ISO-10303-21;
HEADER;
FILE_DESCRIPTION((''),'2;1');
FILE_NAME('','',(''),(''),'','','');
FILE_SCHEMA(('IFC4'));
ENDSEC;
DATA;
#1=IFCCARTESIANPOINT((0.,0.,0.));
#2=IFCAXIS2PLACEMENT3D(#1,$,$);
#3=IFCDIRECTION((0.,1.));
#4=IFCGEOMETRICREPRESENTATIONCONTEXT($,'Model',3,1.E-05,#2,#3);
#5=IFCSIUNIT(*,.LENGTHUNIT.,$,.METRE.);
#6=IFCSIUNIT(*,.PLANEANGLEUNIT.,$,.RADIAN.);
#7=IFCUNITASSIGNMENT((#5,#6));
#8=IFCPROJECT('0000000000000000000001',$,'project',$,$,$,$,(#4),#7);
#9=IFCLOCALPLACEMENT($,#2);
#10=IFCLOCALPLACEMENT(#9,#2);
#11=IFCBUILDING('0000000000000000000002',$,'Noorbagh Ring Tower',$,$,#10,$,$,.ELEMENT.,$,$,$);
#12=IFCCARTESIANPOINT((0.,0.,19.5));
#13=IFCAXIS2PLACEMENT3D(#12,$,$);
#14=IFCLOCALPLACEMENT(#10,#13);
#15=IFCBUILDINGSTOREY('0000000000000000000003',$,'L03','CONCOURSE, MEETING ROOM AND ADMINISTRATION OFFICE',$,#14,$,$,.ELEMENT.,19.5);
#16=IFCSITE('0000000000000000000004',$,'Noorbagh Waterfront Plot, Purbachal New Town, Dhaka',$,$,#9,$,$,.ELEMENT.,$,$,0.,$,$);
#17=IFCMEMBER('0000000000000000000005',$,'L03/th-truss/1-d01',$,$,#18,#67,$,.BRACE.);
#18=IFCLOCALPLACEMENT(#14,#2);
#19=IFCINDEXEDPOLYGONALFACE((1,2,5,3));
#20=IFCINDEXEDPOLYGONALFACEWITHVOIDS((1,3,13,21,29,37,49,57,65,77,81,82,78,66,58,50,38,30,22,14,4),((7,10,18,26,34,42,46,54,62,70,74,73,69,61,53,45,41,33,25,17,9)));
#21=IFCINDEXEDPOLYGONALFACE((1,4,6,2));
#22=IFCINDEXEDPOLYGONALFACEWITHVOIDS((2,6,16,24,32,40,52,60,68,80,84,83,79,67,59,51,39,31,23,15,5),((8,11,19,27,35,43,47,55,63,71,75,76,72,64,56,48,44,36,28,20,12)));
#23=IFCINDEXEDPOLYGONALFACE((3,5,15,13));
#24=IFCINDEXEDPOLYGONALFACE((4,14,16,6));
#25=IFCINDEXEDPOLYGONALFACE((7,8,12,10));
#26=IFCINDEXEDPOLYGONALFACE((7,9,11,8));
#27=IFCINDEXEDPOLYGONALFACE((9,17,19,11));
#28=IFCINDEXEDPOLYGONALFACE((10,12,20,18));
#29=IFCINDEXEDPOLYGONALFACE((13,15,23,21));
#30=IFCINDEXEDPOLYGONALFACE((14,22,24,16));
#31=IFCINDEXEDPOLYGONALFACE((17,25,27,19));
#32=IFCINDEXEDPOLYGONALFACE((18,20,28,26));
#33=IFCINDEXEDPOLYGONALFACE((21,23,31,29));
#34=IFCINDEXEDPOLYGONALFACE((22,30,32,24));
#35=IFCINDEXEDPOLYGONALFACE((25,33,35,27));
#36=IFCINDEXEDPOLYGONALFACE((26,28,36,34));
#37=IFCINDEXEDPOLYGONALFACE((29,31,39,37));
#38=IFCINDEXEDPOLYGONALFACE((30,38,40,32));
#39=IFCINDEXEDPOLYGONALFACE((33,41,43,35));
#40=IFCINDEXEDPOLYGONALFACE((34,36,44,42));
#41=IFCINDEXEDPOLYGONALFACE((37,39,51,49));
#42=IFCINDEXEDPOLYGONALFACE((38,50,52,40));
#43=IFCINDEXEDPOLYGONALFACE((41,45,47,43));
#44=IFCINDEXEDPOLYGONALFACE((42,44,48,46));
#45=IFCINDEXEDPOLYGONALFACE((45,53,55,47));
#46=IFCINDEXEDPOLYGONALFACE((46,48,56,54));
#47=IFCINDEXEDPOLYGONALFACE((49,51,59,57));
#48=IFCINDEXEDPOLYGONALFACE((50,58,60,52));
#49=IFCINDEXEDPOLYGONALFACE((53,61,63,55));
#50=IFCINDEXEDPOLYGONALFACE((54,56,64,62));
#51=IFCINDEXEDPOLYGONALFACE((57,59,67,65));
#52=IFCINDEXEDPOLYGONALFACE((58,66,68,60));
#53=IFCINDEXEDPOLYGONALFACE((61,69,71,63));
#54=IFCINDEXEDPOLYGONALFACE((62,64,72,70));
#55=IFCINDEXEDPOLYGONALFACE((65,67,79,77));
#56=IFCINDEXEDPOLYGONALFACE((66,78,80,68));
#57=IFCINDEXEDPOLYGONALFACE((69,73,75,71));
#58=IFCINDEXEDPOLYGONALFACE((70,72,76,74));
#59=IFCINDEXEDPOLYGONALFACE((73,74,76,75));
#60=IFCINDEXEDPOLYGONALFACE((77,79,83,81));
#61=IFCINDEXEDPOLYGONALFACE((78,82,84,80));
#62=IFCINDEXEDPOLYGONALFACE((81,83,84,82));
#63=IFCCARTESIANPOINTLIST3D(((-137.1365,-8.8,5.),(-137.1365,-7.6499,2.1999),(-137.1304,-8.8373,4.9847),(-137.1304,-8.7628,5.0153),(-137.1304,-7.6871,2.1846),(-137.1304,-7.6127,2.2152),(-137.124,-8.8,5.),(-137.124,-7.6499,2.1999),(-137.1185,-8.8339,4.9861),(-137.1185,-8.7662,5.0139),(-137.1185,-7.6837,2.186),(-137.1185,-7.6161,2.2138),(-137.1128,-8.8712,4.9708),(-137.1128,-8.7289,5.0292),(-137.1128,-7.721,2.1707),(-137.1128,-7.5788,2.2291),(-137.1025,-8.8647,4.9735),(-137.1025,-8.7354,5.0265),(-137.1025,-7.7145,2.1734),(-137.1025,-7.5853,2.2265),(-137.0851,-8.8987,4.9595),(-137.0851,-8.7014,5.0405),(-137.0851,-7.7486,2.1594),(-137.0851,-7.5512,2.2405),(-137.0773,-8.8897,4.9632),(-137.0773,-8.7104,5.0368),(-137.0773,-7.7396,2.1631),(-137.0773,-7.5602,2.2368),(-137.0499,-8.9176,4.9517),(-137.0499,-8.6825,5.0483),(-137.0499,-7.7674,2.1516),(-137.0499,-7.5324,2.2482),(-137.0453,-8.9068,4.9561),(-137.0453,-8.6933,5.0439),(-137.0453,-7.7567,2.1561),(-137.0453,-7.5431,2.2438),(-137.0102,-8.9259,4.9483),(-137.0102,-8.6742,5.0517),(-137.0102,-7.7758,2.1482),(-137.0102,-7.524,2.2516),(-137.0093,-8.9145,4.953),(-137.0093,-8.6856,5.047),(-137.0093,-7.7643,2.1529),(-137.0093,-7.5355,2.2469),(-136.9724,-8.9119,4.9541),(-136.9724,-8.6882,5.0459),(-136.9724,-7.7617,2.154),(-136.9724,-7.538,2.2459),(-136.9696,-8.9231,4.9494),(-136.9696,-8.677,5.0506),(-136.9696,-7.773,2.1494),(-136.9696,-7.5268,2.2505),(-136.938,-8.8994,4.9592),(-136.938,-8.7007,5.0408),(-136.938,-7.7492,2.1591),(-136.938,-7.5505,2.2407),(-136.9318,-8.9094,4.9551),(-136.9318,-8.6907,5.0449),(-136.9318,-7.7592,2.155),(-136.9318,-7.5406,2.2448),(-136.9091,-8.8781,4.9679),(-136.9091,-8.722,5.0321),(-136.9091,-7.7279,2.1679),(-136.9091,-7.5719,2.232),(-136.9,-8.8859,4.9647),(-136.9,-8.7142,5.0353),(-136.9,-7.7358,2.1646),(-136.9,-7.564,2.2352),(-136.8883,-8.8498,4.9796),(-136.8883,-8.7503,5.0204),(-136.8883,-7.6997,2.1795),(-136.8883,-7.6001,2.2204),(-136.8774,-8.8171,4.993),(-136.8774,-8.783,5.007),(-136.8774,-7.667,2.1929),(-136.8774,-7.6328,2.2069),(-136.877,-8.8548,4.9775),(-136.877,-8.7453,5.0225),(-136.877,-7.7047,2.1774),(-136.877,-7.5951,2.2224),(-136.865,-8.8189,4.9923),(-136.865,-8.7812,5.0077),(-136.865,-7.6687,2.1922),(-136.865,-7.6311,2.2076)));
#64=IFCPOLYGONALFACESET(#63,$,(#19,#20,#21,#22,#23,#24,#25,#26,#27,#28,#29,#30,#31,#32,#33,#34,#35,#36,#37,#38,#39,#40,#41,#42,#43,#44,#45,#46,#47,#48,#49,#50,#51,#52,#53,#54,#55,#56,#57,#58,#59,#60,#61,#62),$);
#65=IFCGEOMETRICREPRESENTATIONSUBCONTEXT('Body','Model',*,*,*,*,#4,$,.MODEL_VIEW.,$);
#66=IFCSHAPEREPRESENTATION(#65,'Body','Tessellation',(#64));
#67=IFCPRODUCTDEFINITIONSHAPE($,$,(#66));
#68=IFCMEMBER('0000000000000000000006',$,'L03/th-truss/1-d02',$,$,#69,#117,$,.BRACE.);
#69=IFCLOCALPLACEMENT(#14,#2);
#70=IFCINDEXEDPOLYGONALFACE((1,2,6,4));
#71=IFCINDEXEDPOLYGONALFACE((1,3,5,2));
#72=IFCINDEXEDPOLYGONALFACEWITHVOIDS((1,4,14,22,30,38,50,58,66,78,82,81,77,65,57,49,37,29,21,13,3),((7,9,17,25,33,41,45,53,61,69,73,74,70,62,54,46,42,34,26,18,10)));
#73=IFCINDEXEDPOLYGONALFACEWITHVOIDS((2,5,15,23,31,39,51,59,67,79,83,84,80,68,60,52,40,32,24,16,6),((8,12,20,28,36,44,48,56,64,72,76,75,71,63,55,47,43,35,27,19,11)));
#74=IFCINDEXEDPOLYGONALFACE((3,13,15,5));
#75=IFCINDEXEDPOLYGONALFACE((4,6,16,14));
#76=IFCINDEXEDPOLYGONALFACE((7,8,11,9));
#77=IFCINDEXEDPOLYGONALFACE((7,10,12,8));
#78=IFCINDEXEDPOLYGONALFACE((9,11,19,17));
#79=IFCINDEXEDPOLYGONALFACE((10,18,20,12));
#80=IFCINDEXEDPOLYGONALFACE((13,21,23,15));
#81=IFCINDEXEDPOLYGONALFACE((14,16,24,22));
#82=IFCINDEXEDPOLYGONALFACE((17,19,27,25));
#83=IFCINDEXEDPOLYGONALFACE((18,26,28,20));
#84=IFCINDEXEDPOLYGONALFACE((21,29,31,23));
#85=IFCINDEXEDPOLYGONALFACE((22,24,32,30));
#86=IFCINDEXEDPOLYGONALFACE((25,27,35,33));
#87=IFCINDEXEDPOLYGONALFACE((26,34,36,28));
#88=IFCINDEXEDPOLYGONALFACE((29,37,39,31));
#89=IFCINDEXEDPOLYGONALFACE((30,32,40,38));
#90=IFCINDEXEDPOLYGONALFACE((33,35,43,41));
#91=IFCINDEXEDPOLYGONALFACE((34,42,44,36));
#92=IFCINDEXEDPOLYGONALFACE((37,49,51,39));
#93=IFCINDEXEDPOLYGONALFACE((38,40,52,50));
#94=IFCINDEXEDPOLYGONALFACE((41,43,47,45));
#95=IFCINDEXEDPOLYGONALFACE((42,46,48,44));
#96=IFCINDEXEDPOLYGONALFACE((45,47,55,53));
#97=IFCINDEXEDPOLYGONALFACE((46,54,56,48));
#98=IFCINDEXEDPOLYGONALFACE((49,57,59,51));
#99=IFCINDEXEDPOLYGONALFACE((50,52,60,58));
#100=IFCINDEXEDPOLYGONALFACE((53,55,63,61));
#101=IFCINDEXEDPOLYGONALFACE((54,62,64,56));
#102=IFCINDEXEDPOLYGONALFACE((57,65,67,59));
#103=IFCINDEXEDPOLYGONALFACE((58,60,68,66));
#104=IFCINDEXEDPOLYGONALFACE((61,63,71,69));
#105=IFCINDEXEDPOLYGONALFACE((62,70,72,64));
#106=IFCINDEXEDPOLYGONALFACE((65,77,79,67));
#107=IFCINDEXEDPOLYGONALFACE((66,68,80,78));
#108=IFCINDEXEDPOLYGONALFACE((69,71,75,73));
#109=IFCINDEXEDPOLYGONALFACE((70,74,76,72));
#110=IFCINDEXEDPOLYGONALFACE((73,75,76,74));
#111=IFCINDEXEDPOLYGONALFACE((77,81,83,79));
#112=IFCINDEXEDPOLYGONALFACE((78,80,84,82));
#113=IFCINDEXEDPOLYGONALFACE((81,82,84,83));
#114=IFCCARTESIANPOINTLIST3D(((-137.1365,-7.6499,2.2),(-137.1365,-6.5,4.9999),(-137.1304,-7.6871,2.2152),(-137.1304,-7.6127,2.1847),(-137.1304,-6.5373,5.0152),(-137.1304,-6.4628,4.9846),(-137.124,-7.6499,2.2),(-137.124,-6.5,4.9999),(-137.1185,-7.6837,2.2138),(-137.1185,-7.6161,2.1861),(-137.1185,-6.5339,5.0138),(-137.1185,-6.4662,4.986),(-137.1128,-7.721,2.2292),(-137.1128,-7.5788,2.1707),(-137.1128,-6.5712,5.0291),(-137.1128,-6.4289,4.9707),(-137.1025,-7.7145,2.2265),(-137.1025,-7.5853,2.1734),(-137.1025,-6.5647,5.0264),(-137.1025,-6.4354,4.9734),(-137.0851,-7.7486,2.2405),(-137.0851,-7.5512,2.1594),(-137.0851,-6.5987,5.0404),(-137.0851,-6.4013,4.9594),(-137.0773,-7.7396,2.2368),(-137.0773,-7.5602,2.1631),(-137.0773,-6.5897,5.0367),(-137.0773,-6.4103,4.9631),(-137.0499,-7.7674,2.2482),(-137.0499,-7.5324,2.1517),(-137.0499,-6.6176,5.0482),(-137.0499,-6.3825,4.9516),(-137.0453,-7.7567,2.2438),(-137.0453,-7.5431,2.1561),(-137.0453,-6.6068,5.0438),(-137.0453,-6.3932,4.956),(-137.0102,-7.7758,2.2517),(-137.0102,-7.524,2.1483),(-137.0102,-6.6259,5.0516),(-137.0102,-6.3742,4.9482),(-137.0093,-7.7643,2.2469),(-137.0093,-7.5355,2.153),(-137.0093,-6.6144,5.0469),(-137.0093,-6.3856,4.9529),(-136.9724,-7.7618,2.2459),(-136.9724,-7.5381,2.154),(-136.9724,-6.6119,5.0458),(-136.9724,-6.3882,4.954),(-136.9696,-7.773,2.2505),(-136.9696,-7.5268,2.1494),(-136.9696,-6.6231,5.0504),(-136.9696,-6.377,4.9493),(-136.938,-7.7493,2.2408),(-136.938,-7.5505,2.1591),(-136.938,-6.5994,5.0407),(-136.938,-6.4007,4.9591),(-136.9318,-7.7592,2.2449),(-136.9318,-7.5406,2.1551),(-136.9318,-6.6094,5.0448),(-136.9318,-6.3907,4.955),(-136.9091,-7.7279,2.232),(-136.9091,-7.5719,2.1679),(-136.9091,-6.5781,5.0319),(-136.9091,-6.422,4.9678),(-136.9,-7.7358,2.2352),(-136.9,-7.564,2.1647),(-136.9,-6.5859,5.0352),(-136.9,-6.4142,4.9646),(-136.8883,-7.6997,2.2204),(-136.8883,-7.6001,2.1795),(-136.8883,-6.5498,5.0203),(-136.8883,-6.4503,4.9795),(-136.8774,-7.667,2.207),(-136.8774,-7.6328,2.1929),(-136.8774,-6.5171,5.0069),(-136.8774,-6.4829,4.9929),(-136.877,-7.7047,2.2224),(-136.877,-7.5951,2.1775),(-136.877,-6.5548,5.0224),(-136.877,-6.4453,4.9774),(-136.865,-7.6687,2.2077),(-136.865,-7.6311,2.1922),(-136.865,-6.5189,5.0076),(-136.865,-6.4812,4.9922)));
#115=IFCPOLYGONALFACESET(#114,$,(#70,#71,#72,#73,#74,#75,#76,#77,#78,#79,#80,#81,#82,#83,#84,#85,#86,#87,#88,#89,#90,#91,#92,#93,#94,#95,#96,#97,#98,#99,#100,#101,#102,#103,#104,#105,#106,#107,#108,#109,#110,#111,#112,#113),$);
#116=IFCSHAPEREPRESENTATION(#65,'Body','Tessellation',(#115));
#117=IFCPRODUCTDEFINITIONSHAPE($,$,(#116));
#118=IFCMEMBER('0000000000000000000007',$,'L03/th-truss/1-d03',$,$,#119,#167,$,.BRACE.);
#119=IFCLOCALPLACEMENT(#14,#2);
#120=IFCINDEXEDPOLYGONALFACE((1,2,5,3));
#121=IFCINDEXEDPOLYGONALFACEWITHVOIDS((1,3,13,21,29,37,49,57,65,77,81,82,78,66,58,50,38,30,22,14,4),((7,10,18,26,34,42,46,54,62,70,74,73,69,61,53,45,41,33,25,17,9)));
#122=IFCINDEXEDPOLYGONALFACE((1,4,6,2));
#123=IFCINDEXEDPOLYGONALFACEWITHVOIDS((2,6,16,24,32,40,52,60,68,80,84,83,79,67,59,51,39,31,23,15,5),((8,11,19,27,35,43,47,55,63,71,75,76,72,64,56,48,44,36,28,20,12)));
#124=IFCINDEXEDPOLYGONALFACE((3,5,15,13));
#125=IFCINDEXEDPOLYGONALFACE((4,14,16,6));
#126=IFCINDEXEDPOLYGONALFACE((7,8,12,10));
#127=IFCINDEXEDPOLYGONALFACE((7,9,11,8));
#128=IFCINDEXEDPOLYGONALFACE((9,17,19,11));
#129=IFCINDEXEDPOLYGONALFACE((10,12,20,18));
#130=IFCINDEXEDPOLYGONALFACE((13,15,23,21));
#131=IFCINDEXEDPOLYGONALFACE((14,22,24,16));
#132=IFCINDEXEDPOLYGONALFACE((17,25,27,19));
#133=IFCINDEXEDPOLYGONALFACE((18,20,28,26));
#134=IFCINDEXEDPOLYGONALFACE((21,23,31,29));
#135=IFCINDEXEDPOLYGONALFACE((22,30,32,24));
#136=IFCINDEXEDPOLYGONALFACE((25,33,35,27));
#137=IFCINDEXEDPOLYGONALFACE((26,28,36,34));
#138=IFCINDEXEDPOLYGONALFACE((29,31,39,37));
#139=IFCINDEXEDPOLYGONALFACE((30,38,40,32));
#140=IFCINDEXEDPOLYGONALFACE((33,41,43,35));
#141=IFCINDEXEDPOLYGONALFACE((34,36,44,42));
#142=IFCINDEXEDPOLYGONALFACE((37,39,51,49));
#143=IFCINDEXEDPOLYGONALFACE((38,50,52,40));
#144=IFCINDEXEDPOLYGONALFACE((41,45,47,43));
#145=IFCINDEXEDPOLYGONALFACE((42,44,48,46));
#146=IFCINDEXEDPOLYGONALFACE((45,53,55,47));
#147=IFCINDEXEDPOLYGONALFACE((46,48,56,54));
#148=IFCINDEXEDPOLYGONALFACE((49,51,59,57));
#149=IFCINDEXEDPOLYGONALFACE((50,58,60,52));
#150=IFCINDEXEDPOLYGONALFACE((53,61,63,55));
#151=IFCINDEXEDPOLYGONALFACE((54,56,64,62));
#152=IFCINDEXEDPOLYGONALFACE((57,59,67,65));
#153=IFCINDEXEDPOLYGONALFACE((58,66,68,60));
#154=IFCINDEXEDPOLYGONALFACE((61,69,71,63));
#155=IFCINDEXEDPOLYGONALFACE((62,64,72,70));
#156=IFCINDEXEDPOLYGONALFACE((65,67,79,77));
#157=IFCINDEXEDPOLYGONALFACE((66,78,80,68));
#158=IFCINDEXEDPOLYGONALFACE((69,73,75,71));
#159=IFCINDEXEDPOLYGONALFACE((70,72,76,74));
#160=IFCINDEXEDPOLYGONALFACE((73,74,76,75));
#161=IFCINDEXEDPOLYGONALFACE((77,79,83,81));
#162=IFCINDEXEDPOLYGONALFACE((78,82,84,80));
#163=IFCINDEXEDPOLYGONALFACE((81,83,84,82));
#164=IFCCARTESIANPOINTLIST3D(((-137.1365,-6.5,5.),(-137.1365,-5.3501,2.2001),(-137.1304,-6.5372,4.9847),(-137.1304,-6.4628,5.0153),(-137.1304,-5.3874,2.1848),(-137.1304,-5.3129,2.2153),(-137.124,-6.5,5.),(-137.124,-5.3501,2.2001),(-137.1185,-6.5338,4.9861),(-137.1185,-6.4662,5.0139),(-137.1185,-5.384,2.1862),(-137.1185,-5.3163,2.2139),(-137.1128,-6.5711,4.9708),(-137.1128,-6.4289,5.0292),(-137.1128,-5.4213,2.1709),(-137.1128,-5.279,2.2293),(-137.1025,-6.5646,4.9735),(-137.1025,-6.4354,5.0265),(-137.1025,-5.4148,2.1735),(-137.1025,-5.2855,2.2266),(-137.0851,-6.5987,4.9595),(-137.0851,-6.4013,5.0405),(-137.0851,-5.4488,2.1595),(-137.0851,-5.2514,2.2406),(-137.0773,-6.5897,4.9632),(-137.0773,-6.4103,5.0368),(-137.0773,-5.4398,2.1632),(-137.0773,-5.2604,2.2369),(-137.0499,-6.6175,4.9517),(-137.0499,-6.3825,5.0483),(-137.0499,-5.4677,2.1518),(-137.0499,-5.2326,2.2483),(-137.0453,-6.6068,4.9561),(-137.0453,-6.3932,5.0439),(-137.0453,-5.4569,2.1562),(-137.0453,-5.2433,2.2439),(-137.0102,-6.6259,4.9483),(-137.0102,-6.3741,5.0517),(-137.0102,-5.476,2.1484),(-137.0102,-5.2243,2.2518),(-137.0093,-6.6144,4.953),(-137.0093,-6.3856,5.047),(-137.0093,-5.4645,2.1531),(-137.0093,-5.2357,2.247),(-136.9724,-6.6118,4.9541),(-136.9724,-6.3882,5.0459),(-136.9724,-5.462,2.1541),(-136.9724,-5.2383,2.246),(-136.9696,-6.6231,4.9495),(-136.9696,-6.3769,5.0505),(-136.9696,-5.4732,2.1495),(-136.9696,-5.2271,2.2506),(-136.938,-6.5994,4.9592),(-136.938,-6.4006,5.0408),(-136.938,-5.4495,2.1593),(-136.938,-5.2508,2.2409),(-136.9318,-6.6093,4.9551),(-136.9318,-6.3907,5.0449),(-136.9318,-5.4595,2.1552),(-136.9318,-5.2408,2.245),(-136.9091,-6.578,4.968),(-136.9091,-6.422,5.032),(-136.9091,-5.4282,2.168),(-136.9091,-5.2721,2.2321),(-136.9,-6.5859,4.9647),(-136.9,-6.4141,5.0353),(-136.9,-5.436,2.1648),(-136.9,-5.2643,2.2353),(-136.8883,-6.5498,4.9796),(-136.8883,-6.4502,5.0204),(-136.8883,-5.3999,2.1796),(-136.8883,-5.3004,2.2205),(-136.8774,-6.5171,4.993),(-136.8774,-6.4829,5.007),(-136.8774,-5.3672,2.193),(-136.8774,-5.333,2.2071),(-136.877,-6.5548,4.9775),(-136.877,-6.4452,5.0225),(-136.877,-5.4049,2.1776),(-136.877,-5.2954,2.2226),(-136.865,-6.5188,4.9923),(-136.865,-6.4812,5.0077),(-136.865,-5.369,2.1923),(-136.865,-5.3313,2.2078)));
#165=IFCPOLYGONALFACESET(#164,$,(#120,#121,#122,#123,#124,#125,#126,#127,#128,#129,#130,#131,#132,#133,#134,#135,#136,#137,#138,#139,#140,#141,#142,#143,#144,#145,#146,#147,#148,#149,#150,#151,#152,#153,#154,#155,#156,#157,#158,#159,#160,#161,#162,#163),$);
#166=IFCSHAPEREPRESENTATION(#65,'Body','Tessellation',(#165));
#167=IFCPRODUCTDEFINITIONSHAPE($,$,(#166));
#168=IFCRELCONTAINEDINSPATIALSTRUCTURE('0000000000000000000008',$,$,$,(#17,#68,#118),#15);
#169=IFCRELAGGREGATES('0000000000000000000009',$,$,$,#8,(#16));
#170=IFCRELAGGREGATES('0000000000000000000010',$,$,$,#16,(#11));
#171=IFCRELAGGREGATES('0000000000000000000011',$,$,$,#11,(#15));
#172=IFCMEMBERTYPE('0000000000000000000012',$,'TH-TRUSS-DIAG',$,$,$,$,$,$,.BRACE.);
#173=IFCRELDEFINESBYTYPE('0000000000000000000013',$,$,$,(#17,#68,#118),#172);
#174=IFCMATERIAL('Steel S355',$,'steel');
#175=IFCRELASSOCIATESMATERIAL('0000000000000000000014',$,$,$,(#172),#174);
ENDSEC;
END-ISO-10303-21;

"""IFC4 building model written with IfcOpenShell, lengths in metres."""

from ifc_helpers import new_model, si_unit, direction, frame, origin, origin_2d, place, context, subcontext, project, spatial, hollow_circle, extrude, material, material_profile, profile_set, type_object, element, save


model = new_model("IFC4")

# Units and contexts
model_context = context("Model", 3, precision=1e-05, world=origin(), true_north=direction((0.0, 1.0)))
body_context = subcontext(model_context, "Body", "Model", "MODEL_VIEW")
ifc_project = project(units=[si_unit("LENGTHUNIT", "METRE"), si_unit("PLANEANGLEUNIT", "RADIAN")], contexts=[model_context])

# Site, building, storey
site_placement = place(None, origin())
site = spatial("IfcSite", under=ifc_project, at=site_placement, Name="Noorbagh Waterfront Plot, Purbachal New Town, Dhaka", CompositionType="ELEMENT", RefElevation=0.0)
building_placement = place(site_placement, origin())
building = spatial("IfcBuilding", under=site, at=building_placement, Name="Noorbagh Ring Tower", CompositionType="ELEMENT")
storey_placement = place(building_placement, frame((0.0, 0.0, 19.5)))
storey = spatial("IfcBuildingStorey", under=building, at=storey_placement, Name="L03", Description="CONCOURSE, MEETING ROOM AND ADMINISTRATION OFFICE", CompositionType="ELEMENT", Elevation=19.5)

# Members
ifc_material_1 = material(Name="Steel S355", Category="steel")
ifc_material_profile_1 = material_profile(ifc_material_1, hollow_circle(Radius=0.1365, WallThickness=0.0125, at=origin_2d()), Name="CHS273x12.5")
ifc_profile_set_1 = profile_set([ifc_material_profile_1], Name="Steel S355")
member_type = type_object("IfcMemberType", Name="TH-TRUSS-DIAG", PredefinedType="BRACE", material=ifc_profile_set_1)
member_1_placement = place(storey_placement, frame((-137.0, -8.8, 5.0), z_axis=(0.0, 0.379955, -0.925005), x_axis=(-1.0, 0.0, 0.0)))
element("IfcMember", 1, at=member_1_placement, inside=storey, type_object=member_type, Name="L03/th-truss/1-d01", PredefinedType="BRACE", context=body_context, shape_type="SweptSolid", body=[
    extrude(hollow_circle(Radius=0.1365, WallThickness=0.0125, at=origin_2d()), origin(), (0.0, 0.0, 1.0), 3.0271),
])
for number, where, z_axis, x_axis, name in (
    (2, (-137.0, -7.6499, 2.2), (0.0, 0.379886, 0.925033), (-1.0, 0.0, 0.0), "L03/th-truss/1-d02"),
    (3, (-137.0, -6.5, 5.0), (0.0, 0.379886, -0.925033), (-1.0, 0.0, 0.0), "L03/th-truss/1-d03"),
):
    element("IfcMember", number, at=place(storey_placement, frame(where, z_axis=z_axis, x_axis=x_axis)), inside=storey, type_object=member_type, Name=name, PredefinedType="BRACE", context=body_context, shape_type="SweptSolid", body=[
        extrude(hollow_circle(Radius=0.1365, WallThickness=0.0125, at=origin_2d()), origin(), (0.0, 0.0, 1.0), 3.0269),
    ])

save(model, "model.ifc")
